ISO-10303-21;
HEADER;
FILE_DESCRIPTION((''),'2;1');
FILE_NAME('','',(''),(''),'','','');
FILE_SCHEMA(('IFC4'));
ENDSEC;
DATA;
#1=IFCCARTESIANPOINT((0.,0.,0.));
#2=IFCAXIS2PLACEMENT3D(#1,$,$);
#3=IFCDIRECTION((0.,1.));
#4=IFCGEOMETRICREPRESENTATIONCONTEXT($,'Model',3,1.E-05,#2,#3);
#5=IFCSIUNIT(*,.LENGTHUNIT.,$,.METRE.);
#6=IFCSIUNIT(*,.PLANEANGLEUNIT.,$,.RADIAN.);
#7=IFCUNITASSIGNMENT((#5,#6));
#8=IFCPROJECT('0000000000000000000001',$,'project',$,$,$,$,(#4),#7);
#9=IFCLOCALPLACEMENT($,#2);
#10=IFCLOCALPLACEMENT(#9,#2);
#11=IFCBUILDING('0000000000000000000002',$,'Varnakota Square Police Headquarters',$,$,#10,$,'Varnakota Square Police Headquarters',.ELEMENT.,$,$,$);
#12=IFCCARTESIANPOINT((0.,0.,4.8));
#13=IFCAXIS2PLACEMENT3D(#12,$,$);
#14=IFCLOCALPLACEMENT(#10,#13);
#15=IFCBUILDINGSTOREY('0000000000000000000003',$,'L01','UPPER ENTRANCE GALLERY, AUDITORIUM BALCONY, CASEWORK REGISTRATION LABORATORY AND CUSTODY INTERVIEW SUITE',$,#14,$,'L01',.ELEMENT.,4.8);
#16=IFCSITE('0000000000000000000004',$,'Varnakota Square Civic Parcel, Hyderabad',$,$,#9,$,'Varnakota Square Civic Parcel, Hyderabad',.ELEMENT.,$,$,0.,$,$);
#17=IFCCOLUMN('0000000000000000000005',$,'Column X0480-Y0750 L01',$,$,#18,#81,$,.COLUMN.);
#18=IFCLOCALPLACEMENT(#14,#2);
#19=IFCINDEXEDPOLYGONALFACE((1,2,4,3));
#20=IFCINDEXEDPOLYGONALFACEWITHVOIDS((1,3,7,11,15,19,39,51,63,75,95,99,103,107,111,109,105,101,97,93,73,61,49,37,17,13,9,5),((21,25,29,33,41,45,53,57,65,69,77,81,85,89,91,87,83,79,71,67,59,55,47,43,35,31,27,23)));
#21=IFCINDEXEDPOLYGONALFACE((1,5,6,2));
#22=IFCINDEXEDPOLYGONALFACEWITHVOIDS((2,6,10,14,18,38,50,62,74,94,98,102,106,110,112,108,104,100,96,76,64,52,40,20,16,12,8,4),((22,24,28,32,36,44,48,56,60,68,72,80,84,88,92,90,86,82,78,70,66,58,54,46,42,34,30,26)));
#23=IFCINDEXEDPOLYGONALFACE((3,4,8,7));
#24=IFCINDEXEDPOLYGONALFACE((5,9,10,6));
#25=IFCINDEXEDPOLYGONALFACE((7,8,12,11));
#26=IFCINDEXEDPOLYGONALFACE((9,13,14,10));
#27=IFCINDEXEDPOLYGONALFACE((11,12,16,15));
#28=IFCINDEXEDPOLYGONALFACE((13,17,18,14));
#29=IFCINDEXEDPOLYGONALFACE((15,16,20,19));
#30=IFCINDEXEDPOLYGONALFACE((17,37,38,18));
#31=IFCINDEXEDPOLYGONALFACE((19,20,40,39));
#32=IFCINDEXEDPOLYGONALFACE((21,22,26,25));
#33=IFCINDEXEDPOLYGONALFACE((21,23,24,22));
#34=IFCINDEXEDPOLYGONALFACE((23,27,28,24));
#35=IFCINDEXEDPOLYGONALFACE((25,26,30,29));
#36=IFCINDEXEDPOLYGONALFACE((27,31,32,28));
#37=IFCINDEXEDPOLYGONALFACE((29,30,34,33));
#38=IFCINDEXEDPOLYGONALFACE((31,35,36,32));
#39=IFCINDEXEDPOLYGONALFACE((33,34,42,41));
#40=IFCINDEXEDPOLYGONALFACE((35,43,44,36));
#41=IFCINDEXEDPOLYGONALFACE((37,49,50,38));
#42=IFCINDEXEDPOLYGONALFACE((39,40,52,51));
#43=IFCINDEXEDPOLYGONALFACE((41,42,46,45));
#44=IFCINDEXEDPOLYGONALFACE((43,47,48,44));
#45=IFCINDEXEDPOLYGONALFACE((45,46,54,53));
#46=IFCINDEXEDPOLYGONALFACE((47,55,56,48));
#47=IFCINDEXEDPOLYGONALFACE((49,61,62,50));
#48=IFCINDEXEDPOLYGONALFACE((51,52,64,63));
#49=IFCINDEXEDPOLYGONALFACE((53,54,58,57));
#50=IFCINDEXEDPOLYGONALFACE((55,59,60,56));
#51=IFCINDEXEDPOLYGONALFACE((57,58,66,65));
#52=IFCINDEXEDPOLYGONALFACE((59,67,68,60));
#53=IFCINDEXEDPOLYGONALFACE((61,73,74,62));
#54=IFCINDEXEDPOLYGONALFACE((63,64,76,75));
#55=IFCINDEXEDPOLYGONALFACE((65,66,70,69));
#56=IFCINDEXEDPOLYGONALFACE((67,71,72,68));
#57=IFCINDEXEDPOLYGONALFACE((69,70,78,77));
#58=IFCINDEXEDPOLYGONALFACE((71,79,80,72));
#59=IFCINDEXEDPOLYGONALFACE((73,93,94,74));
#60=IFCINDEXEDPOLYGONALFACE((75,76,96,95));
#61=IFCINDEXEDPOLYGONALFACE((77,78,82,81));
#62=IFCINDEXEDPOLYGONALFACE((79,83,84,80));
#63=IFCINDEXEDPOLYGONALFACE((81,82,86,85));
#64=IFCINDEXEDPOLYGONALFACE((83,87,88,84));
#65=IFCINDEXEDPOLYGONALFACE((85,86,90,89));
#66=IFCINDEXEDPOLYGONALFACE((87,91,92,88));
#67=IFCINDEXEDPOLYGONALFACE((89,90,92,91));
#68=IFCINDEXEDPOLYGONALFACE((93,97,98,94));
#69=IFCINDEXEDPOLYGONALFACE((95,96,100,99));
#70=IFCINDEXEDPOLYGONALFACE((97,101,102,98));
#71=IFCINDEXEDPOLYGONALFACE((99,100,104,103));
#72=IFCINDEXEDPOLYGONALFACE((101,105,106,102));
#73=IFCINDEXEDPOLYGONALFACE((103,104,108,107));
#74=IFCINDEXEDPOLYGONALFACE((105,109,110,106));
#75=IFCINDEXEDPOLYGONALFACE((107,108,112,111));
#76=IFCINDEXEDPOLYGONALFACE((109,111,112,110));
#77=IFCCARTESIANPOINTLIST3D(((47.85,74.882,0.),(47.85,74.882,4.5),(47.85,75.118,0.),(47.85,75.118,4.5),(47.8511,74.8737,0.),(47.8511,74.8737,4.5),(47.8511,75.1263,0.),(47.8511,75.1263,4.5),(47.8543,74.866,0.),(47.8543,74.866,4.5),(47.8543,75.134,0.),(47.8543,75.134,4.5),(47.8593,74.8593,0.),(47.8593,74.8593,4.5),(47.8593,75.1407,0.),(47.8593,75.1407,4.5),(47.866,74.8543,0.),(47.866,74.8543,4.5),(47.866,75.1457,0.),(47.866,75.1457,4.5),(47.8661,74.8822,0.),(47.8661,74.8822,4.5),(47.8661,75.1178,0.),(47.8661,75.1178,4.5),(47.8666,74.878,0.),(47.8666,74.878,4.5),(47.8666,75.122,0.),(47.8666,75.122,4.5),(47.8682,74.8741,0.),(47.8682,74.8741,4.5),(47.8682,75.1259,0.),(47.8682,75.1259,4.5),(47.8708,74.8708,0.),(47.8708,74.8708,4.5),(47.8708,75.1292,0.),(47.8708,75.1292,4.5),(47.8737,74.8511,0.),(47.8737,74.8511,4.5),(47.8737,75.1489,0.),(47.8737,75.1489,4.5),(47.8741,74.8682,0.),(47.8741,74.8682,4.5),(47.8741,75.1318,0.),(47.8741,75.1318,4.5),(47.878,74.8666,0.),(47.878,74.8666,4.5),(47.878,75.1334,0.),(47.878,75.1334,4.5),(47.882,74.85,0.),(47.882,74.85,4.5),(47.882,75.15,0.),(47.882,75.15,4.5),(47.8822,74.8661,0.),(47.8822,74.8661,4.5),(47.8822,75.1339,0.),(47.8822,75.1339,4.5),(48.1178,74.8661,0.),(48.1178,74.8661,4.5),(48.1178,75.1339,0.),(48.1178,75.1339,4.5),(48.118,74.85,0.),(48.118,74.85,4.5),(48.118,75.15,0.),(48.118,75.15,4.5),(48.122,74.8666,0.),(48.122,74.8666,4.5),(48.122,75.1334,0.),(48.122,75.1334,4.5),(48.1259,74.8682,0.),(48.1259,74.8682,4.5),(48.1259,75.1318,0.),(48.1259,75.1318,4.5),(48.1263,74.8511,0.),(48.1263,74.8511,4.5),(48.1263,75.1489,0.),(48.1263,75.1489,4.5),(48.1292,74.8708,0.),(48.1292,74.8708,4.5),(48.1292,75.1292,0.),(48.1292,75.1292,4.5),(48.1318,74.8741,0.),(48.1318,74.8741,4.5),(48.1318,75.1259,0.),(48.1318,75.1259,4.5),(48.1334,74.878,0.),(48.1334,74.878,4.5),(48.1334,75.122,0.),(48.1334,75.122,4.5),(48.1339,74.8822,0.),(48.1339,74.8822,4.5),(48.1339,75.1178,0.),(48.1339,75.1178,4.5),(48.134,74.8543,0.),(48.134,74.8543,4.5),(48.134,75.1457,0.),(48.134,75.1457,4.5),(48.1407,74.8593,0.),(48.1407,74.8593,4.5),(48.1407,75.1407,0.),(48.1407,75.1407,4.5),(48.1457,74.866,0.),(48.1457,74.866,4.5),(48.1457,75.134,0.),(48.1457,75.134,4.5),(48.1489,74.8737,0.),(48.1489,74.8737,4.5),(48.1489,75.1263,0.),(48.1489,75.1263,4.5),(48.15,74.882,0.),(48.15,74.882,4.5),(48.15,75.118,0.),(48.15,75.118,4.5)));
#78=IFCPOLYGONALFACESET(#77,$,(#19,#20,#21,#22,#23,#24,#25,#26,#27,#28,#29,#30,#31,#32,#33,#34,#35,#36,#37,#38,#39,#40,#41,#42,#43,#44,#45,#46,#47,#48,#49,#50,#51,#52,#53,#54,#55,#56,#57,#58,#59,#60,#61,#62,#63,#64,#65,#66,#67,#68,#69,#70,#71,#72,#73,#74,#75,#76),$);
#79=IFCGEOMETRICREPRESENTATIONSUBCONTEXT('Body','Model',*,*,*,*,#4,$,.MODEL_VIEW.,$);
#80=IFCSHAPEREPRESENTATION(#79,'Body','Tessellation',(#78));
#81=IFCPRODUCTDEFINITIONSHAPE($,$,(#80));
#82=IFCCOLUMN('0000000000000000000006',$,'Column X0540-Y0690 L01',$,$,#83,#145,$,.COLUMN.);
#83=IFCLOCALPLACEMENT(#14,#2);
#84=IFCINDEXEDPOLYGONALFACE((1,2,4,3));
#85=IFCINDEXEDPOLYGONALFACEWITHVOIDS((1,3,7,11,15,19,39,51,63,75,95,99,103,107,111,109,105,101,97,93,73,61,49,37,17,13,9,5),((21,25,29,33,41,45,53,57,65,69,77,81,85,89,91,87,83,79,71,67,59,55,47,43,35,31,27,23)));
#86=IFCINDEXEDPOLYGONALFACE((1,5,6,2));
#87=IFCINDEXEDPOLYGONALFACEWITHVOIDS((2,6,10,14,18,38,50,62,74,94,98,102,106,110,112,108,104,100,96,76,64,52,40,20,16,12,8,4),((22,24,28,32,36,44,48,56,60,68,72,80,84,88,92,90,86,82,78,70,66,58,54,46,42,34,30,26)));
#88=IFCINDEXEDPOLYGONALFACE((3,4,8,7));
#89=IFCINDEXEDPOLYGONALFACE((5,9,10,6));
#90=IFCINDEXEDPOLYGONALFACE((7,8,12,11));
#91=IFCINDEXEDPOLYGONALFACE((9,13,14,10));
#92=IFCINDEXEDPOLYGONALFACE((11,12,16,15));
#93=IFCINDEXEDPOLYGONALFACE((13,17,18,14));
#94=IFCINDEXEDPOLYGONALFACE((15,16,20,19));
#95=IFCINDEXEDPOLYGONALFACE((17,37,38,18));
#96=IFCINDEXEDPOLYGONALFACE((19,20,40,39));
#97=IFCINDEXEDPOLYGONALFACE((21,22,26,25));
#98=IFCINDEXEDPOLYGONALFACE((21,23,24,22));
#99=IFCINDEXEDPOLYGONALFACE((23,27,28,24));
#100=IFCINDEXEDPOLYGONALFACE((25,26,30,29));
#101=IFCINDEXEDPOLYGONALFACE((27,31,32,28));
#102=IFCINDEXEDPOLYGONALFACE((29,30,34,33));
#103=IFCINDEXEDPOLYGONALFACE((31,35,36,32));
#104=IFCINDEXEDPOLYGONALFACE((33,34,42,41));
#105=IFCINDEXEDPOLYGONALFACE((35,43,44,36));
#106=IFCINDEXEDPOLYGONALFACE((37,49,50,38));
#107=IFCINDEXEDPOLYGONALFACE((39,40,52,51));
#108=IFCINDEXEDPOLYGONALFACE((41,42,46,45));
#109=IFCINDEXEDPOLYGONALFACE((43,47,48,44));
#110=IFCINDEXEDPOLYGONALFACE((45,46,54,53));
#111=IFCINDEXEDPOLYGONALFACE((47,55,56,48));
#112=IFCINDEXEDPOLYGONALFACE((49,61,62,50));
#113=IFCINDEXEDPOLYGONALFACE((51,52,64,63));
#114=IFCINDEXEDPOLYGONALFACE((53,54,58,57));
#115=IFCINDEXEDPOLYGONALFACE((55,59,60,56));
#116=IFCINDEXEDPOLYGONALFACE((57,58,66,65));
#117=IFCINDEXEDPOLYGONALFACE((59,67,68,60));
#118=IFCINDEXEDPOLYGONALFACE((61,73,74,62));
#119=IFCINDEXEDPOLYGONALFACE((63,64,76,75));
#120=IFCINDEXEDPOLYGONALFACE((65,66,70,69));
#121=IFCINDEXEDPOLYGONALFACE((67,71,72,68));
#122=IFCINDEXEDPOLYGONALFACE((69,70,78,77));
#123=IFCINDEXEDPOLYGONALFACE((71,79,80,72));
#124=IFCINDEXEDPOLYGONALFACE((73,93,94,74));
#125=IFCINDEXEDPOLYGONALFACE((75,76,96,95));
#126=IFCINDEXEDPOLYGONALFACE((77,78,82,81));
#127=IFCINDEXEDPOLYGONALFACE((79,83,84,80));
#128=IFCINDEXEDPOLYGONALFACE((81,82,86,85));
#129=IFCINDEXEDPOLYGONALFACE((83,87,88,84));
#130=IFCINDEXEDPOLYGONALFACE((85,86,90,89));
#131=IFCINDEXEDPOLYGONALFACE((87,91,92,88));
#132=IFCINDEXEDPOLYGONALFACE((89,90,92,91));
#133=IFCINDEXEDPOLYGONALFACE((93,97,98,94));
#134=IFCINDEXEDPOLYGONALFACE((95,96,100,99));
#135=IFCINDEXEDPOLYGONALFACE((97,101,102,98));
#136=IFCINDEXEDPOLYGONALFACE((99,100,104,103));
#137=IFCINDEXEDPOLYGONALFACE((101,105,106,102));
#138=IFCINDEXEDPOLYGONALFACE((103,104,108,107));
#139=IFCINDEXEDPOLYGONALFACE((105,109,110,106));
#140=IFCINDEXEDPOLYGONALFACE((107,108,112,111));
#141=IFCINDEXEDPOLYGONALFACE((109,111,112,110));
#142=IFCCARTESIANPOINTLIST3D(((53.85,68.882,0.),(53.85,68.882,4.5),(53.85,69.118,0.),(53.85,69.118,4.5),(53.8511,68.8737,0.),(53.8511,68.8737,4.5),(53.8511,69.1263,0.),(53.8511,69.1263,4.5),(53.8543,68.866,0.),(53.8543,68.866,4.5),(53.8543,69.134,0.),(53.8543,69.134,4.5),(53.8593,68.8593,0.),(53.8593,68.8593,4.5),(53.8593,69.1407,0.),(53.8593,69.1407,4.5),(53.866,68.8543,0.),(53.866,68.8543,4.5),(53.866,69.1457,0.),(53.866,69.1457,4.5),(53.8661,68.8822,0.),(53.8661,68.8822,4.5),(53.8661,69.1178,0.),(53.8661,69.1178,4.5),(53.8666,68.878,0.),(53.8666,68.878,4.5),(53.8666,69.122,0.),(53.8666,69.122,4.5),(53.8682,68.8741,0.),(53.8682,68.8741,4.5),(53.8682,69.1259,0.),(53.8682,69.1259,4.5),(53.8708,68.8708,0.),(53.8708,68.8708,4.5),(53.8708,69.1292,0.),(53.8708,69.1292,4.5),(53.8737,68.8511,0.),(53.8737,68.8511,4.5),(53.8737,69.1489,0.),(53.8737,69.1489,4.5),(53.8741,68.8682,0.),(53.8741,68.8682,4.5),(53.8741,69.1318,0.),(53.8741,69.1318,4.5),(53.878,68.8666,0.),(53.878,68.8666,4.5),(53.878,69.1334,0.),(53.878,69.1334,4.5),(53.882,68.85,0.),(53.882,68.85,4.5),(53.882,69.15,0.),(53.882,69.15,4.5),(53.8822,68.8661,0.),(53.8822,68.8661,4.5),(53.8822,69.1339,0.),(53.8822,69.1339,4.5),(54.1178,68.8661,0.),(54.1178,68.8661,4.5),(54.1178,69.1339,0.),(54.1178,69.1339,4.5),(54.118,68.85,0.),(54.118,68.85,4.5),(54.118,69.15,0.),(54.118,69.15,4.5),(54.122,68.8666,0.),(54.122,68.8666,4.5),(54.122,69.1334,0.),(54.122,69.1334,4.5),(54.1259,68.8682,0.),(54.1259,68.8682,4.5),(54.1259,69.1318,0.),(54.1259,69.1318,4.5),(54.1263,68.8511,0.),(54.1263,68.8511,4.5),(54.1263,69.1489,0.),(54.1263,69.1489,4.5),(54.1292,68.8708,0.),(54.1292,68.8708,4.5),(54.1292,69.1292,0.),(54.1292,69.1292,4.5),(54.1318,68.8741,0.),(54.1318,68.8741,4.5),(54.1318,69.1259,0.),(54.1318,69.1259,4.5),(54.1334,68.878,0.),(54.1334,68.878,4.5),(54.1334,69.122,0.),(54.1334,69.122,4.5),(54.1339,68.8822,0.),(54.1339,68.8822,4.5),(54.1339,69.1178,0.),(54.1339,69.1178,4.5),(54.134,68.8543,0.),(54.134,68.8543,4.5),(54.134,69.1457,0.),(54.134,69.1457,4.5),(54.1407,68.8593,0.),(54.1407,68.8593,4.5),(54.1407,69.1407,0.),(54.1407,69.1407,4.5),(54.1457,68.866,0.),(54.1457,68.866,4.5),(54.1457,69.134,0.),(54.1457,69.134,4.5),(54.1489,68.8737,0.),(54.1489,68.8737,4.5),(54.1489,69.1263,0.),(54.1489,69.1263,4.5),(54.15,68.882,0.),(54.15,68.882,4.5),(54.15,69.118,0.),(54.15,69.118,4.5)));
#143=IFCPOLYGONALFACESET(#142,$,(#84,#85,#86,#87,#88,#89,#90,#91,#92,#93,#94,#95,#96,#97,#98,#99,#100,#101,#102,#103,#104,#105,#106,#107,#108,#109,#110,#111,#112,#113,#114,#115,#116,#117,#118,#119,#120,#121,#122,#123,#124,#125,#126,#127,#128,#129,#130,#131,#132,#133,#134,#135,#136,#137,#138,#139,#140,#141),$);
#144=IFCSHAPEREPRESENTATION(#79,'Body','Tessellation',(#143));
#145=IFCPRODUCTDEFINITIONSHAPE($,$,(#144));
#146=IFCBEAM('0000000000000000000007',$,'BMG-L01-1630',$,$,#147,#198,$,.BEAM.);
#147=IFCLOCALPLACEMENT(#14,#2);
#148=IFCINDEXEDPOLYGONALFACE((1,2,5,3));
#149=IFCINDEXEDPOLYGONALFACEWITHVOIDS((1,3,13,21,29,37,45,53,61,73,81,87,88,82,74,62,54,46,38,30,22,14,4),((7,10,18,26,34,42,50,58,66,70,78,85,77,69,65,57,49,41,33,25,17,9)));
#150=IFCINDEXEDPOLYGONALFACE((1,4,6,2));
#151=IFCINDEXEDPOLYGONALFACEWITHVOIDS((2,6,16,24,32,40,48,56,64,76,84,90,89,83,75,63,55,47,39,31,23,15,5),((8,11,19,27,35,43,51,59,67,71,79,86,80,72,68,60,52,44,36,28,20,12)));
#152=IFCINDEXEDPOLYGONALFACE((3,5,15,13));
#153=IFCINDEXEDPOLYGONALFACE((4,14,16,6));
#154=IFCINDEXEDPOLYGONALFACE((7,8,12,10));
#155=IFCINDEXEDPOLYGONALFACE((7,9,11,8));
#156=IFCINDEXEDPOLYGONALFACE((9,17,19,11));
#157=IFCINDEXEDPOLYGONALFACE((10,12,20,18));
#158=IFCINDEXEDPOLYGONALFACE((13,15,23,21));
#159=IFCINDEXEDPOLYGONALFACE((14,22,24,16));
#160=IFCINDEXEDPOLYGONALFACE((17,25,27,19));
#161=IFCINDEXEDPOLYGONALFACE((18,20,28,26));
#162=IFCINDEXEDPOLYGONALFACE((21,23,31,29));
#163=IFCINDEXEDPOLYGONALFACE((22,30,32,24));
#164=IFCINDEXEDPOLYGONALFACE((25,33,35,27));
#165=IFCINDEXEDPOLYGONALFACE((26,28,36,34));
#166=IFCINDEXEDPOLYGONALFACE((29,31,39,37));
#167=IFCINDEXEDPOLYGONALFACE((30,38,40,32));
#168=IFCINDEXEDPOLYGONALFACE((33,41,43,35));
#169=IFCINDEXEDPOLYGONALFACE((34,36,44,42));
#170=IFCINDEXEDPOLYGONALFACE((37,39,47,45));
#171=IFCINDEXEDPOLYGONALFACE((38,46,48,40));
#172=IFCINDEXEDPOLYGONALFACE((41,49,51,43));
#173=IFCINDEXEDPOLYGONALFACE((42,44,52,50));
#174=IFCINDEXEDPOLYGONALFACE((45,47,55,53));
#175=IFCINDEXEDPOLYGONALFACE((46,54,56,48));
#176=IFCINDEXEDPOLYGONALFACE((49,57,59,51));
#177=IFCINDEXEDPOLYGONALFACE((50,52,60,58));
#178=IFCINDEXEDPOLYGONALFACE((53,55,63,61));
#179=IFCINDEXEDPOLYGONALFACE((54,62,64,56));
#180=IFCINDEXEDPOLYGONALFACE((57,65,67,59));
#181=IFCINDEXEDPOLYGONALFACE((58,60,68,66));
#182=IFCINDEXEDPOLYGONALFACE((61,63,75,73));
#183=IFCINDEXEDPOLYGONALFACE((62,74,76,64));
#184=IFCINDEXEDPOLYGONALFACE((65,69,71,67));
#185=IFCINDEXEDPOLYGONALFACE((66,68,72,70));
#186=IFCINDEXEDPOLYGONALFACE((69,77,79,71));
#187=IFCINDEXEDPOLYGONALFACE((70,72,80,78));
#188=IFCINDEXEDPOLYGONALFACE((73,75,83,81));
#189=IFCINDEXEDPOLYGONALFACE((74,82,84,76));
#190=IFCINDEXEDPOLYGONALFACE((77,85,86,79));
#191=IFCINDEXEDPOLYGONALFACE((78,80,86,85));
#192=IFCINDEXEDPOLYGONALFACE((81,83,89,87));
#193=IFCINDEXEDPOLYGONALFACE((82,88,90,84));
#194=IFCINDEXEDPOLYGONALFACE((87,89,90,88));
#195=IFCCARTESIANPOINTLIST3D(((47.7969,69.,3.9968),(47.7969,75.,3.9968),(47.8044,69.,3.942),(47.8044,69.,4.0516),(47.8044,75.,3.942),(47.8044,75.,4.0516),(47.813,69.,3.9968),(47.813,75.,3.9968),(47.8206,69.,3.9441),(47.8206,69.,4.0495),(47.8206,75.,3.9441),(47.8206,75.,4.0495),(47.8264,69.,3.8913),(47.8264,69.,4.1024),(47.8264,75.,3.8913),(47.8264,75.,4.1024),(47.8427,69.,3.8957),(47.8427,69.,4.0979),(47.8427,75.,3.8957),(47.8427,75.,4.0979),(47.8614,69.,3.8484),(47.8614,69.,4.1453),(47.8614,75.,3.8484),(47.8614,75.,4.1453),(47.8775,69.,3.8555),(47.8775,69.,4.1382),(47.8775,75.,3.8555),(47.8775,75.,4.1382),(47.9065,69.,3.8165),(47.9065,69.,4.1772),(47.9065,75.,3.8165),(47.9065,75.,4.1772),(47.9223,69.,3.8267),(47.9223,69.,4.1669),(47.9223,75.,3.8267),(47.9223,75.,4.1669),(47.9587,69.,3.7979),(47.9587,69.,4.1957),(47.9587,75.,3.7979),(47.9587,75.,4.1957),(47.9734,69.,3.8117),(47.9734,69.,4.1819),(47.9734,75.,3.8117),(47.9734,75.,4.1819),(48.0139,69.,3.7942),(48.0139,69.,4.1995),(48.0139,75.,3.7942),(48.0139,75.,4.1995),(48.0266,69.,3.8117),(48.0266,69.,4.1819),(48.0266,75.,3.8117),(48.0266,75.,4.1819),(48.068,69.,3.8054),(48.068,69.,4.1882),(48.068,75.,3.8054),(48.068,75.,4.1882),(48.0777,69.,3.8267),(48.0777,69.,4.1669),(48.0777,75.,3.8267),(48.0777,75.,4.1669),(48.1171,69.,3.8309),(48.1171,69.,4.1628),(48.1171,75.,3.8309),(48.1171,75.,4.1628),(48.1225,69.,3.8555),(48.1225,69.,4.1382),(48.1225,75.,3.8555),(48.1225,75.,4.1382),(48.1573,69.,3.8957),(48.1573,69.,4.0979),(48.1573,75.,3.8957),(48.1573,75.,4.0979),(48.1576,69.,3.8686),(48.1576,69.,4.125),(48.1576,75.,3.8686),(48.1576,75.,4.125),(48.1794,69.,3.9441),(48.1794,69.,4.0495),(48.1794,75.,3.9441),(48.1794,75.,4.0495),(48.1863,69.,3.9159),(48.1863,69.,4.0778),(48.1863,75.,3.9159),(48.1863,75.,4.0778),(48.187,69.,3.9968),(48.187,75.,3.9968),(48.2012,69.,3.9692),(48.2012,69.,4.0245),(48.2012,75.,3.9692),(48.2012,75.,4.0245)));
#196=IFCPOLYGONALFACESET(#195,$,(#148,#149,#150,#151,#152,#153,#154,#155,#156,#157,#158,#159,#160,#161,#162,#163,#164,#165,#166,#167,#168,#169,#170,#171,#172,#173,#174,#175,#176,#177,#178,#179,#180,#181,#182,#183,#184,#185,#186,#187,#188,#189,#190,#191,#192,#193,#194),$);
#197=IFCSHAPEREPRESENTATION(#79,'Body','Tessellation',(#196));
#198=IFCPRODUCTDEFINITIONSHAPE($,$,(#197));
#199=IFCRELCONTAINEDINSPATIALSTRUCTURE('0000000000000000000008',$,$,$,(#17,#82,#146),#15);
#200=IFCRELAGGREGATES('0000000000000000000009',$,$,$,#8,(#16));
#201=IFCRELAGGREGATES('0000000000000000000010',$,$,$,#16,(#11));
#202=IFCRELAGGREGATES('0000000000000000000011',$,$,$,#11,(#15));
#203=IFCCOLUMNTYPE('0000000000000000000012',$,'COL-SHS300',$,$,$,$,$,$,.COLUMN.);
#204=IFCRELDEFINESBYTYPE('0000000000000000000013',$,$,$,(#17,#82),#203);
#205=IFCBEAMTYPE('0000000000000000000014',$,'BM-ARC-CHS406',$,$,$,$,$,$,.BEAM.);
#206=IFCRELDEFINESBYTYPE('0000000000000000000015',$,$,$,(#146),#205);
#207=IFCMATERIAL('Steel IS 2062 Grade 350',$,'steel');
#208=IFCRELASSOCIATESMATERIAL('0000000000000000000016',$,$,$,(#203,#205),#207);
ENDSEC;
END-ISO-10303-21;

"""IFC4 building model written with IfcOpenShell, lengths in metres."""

from ifc_helpers import new_model, si_unit, direction, frame, origin, origin_2d, place, context, subcontext, project, spatial, hollow_rectangle, hollow_circle, extrude, material, material_profile, profile_set, type_object, element, save


model = new_model("IFC4")

# Units and contexts
model_context = context("Model", 3, precision=1e-05, world=origin(), true_north=direction((0.0, 1.0)))
body_context = subcontext(model_context, "Body", "Model", "MODEL_VIEW")
ifc_project = project(units=[si_unit("LENGTHUNIT", "METRE"), si_unit("PLANEANGLEUNIT", "RADIAN")], contexts=[model_context])

# Site, building, storey
site_placement = place(None, origin())
site = spatial("IfcSite", under=ifc_project, at=site_placement, Name="Varnakota Square Civic Parcel, Hyderabad", LongName="Varnakota Square Civic Parcel, Hyderabad", CompositionType="ELEMENT", RefElevation=0.0)
building_placement = place(site_placement, origin())
building = spatial("IfcBuilding", under=site, at=building_placement, Name="Varnakota Square Police Headquarters", LongName="Varnakota Square Police Headquarters", CompositionType="ELEMENT")
storey_placement = place(building_placement, frame((0.0, 0.0, 4.8)))
storey = spatial("IfcBuildingStorey", under=building, at=storey_placement, Name="L01", Description="UPPER ENTRANCE GALLERY, AUDITORIUM BALCONY, CASEWORK REGISTRATION LABORATORY AND CUSTODY INTERVIEW SUITE", LongName="L01", CompositionType="ELEMENT", Elevation=4.8)

# Columns
ifc_material_1 = material(Name="Steel IS 2062 Grade 350", Category="steel")
ifc_material_profile_1 = material_profile(ifc_material_1, hollow_rectangle(XDim=0.3, YDim=0.3, WallThickness=0.0161, InnerFilletRadius=0.0161, OuterFilletRadius=0.032, at=origin_2d()), Name="SHS 300x300x16")
ifc_profile_set_1 = profile_set([ifc_material_profile_1], Name="Steel IS 2062 Grade 350")
column_type_1 = type_object("IfcColumnType", Name="COL-SHS300", PredefinedType="COLUMN", material=ifc_profile_set_1)
for number, where, z_axis, x_axis, name in (
    (1, (48.0, 75.0, 0.0), (0.0, 0.0, 1.0), (1.0, 0.0, 0.0), "Column X0480-Y0750 L01"),
    (2, (54.0, 69.0, 0.0), (0.0, 0.0, 1.0), (1.0, 0.0, 0.0), "Column X0540-Y0690 L01"),
):
    element("IfcColumn", number, at=place(storey_placement, frame(where, z_axis=z_axis, x_axis=x_axis)), inside=storey, type_object=column_type_1, Name=name, PredefinedType="COLUMN", context=body_context, shape_type="SweptSolid", body=[
        extrude(hollow_rectangle(XDim=0.3, YDim=0.3, WallThickness=0.0161, InnerFilletRadius=0.0161, OuterFilletRadius=0.032, at=origin_2d()), origin(), (0.0, 0.0, 1.0), 4.5),
    ])

# Beam
ifc_material_profile_2 = material_profile(ifc_material_1, hollow_circle(Radius=0.2031, WallThickness=0.0161, at=origin_2d()), Name="CHS 406.4x16.0")
ifc_profile_set_2 = profile_set([ifc_material_profile_2], Name="Steel IS 2062 Grade 350")
beam_type_1 = type_object("IfcBeamType", Name="BM-ARC-CHS406", PredefinedType="BEAM", material=ifc_profile_set_2)
for number, where, z_axis, x_axis, name in (
    (3, (48.0, 69.0, 3.9968), (0.0, 1.0, 0.0), (-1.0, 0.0, 0.0), "BMG-L01-1630"),
):
    element("IfcBeam", number, at=place(storey_placement, frame(where, z_axis=z_axis, x_axis=x_axis)), inside=storey, type_object=beam_type_1, Name=name, PredefinedType="BEAM", context=body_context, shape_type="SweptSolid", body=[
        extrude(hollow_circle(Radius=0.2031, WallThickness=0.0161, at=origin_2d()), origin(), (0.0, 0.0, 1.0), 6.0),
    ])

save(model, "model.ifc")
